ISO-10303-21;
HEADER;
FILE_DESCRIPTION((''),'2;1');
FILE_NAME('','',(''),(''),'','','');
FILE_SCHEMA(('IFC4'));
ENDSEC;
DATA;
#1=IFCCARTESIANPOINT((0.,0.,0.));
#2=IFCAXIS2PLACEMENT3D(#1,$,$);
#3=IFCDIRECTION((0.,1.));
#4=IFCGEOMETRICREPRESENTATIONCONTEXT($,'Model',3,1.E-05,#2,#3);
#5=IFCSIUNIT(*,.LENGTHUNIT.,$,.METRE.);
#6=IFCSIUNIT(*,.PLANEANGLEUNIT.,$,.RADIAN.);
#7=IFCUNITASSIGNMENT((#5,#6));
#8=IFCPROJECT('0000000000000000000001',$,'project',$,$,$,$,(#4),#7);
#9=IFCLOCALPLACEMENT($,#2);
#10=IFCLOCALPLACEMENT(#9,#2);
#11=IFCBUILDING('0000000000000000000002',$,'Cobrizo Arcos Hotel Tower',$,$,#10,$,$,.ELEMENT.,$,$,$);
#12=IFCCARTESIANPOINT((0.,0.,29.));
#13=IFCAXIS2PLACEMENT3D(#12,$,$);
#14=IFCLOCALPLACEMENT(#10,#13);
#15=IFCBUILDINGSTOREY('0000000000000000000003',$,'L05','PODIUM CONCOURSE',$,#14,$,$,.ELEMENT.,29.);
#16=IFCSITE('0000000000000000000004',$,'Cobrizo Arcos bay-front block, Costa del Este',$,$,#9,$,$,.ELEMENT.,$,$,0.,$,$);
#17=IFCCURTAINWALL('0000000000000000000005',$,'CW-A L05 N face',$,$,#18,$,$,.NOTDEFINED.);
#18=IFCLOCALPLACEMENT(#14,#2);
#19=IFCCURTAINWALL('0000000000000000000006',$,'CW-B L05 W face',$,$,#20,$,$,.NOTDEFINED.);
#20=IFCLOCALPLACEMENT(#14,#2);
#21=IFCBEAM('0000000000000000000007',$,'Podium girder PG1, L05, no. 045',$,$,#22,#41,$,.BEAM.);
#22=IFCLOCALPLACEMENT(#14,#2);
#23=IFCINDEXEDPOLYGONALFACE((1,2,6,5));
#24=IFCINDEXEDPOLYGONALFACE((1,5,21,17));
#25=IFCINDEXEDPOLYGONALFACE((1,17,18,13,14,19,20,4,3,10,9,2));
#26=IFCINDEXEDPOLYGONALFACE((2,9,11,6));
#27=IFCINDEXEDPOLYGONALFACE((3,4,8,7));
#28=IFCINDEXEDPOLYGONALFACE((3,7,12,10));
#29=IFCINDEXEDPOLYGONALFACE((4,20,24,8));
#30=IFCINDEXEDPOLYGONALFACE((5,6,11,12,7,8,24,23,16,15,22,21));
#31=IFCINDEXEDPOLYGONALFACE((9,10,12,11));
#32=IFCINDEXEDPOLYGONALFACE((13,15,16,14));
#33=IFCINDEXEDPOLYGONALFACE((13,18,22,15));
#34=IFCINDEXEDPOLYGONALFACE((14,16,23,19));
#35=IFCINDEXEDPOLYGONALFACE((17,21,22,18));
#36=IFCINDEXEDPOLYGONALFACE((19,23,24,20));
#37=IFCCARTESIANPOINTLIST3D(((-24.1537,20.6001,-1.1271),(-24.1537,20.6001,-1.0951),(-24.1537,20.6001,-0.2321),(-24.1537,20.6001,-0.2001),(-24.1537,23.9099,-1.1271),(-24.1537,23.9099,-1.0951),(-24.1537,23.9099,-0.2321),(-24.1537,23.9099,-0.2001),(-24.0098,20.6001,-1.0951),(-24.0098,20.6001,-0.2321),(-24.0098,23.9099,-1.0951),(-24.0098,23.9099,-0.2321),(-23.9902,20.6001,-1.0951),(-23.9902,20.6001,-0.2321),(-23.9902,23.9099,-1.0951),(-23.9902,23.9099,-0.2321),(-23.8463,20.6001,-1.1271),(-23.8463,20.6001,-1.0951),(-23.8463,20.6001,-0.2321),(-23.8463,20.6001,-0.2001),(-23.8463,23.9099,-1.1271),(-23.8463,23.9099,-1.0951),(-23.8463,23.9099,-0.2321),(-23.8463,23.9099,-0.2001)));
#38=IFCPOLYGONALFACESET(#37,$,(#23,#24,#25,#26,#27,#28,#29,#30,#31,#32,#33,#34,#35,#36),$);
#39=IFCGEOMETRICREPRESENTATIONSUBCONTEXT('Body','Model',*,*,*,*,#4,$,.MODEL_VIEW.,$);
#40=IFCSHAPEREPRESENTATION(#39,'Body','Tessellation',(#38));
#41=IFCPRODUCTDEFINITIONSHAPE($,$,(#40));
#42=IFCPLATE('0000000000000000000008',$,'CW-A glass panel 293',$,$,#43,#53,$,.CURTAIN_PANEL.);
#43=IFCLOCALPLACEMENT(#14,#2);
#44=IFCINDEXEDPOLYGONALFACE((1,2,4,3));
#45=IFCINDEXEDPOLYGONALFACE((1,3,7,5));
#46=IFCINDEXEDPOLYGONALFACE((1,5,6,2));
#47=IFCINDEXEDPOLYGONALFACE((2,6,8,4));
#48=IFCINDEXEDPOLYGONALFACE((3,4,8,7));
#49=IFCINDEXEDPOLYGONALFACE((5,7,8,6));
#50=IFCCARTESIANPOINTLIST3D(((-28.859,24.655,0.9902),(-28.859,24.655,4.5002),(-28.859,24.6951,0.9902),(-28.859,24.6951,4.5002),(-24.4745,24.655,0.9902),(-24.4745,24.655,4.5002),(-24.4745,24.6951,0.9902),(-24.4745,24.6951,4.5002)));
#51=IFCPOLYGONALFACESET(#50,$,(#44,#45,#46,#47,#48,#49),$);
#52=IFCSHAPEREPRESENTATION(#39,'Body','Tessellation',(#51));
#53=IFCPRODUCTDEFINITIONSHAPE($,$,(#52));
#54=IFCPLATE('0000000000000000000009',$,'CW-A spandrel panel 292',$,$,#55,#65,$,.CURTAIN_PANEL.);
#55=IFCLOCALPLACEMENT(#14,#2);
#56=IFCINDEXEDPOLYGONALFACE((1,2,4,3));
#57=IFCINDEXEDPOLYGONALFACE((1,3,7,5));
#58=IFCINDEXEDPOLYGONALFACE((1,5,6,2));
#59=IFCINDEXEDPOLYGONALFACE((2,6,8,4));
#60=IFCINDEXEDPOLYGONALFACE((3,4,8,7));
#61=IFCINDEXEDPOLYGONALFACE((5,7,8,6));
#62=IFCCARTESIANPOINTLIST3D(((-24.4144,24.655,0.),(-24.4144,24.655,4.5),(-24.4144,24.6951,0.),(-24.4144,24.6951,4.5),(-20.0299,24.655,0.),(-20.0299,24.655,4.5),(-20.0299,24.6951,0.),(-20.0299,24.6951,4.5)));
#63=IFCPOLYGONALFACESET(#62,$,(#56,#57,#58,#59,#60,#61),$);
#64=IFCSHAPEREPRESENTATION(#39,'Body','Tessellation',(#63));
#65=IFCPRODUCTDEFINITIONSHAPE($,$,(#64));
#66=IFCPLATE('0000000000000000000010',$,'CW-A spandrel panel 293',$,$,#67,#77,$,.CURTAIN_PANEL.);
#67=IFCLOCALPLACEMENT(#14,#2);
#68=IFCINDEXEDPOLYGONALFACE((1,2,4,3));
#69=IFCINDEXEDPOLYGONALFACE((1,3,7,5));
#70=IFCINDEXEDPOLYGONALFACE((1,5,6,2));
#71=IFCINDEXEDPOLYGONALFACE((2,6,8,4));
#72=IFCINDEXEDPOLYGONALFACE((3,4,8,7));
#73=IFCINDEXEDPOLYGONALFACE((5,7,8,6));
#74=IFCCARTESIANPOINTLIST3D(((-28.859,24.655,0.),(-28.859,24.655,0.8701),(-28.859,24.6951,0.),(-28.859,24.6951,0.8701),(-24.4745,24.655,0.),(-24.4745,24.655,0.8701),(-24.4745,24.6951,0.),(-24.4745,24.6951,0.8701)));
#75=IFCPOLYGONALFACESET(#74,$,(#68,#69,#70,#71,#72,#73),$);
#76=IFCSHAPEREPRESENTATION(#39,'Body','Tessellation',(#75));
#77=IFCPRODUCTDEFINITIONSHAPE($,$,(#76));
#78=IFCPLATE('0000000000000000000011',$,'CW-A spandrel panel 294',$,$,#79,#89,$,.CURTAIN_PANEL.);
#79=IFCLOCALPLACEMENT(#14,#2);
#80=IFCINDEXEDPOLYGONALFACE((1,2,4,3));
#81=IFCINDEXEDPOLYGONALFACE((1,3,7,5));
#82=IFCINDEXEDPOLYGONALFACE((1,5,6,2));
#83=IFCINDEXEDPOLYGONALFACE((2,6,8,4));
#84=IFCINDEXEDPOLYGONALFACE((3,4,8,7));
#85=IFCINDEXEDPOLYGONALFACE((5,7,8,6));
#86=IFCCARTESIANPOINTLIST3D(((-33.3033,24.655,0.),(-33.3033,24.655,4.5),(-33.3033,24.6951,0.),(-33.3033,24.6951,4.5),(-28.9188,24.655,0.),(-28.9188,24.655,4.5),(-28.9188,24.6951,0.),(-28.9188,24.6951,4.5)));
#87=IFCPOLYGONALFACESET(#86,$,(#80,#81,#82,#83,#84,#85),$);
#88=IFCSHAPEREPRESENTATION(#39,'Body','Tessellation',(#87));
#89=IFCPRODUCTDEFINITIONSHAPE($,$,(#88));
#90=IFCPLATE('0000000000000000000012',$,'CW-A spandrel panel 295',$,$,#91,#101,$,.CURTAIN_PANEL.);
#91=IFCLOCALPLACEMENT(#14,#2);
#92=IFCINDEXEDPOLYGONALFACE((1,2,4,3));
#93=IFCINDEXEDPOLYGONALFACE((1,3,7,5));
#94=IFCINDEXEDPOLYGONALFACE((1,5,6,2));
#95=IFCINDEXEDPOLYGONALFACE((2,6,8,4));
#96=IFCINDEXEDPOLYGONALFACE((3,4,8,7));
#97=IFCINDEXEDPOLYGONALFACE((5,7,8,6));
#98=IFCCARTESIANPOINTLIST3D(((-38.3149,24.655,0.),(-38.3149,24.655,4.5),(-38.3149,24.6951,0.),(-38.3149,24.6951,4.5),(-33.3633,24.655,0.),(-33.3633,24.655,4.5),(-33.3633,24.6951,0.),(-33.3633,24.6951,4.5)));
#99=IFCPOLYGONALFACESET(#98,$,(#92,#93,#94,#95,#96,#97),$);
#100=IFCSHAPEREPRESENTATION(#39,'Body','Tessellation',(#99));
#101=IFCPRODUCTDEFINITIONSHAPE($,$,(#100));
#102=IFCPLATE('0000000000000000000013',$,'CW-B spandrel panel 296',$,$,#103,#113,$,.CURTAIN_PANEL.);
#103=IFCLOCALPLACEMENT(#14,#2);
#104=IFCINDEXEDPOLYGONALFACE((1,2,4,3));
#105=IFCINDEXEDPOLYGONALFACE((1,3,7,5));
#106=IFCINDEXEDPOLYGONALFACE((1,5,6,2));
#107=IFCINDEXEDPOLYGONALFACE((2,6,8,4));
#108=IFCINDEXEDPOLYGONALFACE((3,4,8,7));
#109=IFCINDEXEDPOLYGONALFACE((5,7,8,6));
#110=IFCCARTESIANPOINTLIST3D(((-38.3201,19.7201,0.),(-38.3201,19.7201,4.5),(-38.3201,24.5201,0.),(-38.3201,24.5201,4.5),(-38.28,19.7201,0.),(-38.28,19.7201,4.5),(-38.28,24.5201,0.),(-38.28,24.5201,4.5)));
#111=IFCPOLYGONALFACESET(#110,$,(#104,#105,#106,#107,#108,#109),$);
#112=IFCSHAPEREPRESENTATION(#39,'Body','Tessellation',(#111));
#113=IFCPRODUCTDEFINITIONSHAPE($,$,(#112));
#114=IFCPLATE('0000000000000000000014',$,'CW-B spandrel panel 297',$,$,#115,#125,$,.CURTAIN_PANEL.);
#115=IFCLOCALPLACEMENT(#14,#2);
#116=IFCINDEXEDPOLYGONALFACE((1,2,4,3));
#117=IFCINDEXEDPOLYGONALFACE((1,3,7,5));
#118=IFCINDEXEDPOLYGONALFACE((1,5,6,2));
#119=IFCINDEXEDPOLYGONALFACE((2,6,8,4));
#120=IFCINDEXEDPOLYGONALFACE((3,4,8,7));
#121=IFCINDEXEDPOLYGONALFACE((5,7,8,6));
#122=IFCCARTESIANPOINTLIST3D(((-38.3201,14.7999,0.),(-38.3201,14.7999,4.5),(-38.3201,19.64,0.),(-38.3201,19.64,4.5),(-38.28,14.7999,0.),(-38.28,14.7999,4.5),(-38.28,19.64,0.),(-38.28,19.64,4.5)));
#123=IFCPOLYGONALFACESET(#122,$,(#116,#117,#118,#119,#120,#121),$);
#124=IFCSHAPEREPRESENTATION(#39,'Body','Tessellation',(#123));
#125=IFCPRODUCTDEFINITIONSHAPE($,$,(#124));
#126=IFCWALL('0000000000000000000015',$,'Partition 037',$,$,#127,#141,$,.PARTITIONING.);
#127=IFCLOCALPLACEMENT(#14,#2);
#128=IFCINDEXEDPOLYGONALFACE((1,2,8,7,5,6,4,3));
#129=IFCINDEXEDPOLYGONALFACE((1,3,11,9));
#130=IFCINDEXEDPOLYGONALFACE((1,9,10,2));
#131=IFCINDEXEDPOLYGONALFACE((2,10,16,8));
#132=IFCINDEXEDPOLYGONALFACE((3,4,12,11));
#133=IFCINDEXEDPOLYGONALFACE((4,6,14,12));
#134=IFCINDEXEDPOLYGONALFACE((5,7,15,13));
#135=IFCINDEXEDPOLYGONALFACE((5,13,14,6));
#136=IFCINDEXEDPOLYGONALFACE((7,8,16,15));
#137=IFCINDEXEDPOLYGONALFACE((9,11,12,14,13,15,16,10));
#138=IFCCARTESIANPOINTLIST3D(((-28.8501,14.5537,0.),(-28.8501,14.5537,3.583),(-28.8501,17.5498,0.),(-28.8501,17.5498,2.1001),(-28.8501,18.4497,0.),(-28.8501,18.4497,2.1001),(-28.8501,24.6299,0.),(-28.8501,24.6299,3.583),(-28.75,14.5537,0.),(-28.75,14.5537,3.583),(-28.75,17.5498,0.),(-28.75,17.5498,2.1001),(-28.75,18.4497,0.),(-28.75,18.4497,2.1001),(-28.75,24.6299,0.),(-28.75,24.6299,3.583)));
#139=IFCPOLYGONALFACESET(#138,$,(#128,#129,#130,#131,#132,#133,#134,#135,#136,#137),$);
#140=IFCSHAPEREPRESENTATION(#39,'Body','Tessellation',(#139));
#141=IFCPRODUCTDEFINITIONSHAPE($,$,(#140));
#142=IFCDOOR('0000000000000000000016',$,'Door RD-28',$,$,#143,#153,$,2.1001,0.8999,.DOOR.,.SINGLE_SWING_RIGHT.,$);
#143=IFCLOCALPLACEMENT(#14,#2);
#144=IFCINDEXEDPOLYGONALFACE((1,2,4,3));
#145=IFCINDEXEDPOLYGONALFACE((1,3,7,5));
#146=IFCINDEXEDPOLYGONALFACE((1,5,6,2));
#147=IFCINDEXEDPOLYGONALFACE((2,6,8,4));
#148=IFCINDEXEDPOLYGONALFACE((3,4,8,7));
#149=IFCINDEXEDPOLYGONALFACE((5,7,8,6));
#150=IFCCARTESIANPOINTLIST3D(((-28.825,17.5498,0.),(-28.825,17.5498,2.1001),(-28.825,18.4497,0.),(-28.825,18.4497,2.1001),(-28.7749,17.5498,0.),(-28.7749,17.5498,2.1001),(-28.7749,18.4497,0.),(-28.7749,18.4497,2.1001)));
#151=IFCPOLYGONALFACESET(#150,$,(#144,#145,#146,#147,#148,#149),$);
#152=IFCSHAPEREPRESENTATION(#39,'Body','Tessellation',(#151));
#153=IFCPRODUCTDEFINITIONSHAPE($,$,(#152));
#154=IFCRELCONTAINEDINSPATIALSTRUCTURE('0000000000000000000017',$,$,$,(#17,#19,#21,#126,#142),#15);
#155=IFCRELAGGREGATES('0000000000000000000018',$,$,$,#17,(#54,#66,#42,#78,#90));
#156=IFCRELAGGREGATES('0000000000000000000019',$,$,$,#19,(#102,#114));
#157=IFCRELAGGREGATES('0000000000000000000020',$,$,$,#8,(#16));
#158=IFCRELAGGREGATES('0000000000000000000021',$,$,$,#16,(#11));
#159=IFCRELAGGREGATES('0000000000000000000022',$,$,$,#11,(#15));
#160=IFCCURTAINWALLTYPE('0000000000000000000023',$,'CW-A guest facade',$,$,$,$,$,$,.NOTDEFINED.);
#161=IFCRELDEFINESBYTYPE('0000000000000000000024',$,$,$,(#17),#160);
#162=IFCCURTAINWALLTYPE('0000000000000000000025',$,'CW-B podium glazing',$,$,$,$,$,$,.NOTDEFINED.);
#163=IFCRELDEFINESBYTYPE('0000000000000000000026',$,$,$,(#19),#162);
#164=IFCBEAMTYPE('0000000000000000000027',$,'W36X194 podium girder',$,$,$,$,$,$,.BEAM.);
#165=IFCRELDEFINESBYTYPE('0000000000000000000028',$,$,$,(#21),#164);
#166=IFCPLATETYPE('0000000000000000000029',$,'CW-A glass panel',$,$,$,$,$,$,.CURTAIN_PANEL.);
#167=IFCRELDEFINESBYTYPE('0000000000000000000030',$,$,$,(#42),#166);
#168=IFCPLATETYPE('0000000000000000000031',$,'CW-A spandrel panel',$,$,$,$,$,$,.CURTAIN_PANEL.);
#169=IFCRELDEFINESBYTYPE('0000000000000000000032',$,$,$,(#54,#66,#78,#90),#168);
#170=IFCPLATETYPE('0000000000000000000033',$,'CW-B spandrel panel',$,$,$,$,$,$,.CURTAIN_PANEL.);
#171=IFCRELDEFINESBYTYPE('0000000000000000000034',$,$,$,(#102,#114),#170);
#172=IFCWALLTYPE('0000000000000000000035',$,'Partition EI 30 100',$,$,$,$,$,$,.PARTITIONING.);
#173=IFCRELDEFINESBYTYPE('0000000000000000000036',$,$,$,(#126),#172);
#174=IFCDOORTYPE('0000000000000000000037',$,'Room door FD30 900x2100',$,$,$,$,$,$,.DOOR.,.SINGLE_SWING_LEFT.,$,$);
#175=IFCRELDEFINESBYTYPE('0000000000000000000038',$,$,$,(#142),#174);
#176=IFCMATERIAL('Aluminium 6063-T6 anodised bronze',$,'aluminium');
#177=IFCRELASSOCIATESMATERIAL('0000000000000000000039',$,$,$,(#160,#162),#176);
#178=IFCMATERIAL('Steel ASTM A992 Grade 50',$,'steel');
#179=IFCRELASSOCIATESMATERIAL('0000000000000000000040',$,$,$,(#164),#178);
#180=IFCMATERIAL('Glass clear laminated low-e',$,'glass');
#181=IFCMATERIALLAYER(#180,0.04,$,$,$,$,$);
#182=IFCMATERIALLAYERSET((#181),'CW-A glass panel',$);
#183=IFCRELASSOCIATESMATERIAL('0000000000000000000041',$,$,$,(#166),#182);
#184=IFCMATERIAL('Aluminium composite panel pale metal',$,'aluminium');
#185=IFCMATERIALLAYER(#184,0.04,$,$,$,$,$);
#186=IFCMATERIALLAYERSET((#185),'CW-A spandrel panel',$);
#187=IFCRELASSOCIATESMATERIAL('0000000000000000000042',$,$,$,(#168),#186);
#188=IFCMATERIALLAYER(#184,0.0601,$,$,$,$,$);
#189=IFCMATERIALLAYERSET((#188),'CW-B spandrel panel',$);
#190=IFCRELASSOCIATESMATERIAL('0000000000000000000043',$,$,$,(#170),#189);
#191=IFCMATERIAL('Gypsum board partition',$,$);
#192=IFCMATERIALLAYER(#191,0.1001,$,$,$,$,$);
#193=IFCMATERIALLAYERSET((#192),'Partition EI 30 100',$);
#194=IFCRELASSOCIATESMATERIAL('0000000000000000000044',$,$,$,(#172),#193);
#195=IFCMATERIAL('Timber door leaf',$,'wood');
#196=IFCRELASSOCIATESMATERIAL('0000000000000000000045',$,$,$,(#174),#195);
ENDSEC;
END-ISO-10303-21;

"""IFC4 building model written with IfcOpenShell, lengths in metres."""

from ifc_helpers import new_model, si_unit, direction, frame, frame_2d, origin, origin_2d, place, context, subcontext, project, spatial, rectangle, i_section, extrude, material, layer, layer_set, material_profile, profile_set, type_object, element, fill, aggregate, save


model = new_model("IFC4")

# Units and contexts
model_context = context("Model", 3, precision=1e-05, world=origin(), true_north=direction((0.0, 1.0)))
body_context = subcontext(model_context, "Body", "Model", "MODEL_VIEW")
ifc_project = project(units=[si_unit("LENGTHUNIT", "METRE"), si_unit("PLANEANGLEUNIT", "RADIAN")], contexts=[model_context])

# Site, building, storey
site_placement = place(None, origin())
site = spatial("IfcSite", under=ifc_project, at=site_placement, Name="Cobrizo Arcos bay-front block, Costa del Este", CompositionType="ELEMENT", RefElevation=0.0)
building_placement = place(site_placement, origin())
building = spatial("IfcBuilding", under=site, at=building_placement, Name="Cobrizo Arcos Hotel Tower", CompositionType="ELEMENT")
storey_placement = place(building_placement, frame((0.0, 0.0, 29.0)))
storey = spatial("IfcBuildingStorey", under=building, at=storey_placement, Name="L05", Description="PODIUM CONCOURSE", CompositionType="ELEMENT", Elevation=29.0)

# Curtain walls
ifc_material_1 = material(Name="Aluminium 6063-T6 anodised bronze", Category="aluminium")
curtain_wall_type_1 = type_object("IfcCurtainWallType", Name="CW-A guest facade", PredefinedType="NOTDEFINED", material=ifc_material_1)
curtain_wall_1_placement = place(storey_placement, origin())
curtain_wall_1 = element("IfcCurtainWall", 1, at=curtain_wall_1_placement, inside=storey, type_object=curtain_wall_type_1, Name="CW-A L05 N face", PredefinedType="NOTDEFINED")
curtain_wall_type_2 = type_object("IfcCurtainWallType", Name="CW-B podium glazing", PredefinedType="NOTDEFINED", material=ifc_material_1)
curtain_wall_2_placement = place(storey_placement, origin())
curtain_wall_2 = element("IfcCurtainWall", 2, at=curtain_wall_2_placement, inside=storey, type_object=curtain_wall_type_2, Name="CW-B L05 W face", PredefinedType="NOTDEFINED")

# Beam
ifc_material_2 = material(Name="Steel ASTM A992 Grade 50", Category="steel")
ifc_material_profile_1 = material_profile(ifc_material_2, i_section(OverallWidth=0.3074, OverallDepth=0.927, WebThickness=0.0195, FlangeThickness=0.032, at=origin_2d()), Name="W36X194")
ifc_profile_set_1 = profile_set([ifc_material_profile_1], Name="Steel ASTM A992 Grade 50")
beam_type_1 = type_object("IfcBeamType", Name="W36X194 podium girder", PredefinedType="BEAM", material=ifc_profile_set_1)
beam_1_placement = place(storey_placement, frame((-24.0, 20.6001, -0.6636), z_axis=(0.0, 1.0, 0.0), x_axis=(-1.0, 0.0, 0.0)))
element("IfcBeam", 3, at=beam_1_placement, inside=storey, type_object=beam_type_1, Name="Podium girder PG1, L05, no. 045", PredefinedType="BEAM", context=body_context, shape_type="SweptSolid", body=[
    extrude(i_section(OverallWidth=0.3074, OverallDepth=0.927, WebThickness=0.0195, FlangeThickness=0.032, at=origin_2d()), origin(), (0.0, 0.0, 1.0), 3.3098),
])

# Plates
ifc_material_3 = material(Name="Glass clear laminated low-e", Category="glass")
ifc_layer_1 = layer(ifc_material_3, 0.04)
ifc_layer_set_1 = layer_set([ifc_layer_1], Name="CW-A glass panel")
plate_type_1 = type_object("IfcPlateType", Name="CW-A glass panel", PredefinedType="CURTAIN_PANEL", material=ifc_layer_set_1)
plate_1_placement = place(storey_placement, frame((-26.6667, 24.675, 0.9902), z_axis=(0.0, 0.0, 1.0), x_axis=(-1.0, 0.0, 0.0)))
plate_1 = element("IfcPlate", 4, at=plate_1_placement, type_object=plate_type_1, Name="CW-A glass panel 293", PredefinedType="CURTAIN_PANEL", context=body_context, shape_type="SweptSolid", body=[
    extrude(rectangle(XDim=4.3845, YDim=0.04, at=origin_2d()), origin(), (0.0, 0.0, 1.0), 3.51),
])
ifc_material_4 = material(Name="Aluminium composite panel pale metal", Category="aluminium")
ifc_layer_2 = layer(ifc_material_4, 0.04)
ifc_layer_set_2 = layer_set([ifc_layer_2], Name="CW-A spandrel panel")
plate_type_2 = type_object("IfcPlateType", Name="CW-A spandrel panel", PredefinedType="CURTAIN_PANEL", material=ifc_layer_set_2)
plate_2_placement = place(storey_placement, frame((-22.2222, 24.675, 0.0), z_axis=(0.0, 0.0, 1.0), x_axis=(-1.0, 0.0, 0.0)))
plate_2 = element("IfcPlate", 5, at=plate_2_placement, type_object=plate_type_2, Name="CW-A spandrel panel 292", PredefinedType="CURTAIN_PANEL", context=body_context, shape_type="SweptSolid", body=[
    extrude(rectangle(XDim=4.3845, YDim=0.04, at=origin_2d()), origin(), (0.0, 0.0, 1.0), 4.5),
])
plate_3_placement = place(storey_placement, frame((-26.6667, 24.675, 0.0), z_axis=(0.0, 0.0, 1.0), x_axis=(-1.0, 0.0, 0.0)))
plate_3 = element("IfcPlate", 6, at=plate_3_placement, type_object=plate_type_2, Name="CW-A spandrel panel 293", PredefinedType="CURTAIN_PANEL", context=body_context, shape_type="SweptSolid", body=[
    extrude(rectangle(XDim=4.3845, YDim=0.04, at=origin_2d()), origin(), (0.0, 0.0, 1.0), 0.8701),
])
plate_4_placement = place(storey_placement, frame((-31.1111, 24.675, 0.0), z_axis=(0.0, 0.0, 1.0), x_axis=(-1.0, 0.0, 0.0)))
plate_4 = element("IfcPlate", 7, at=plate_4_placement, type_object=plate_type_2, Name="CW-A spandrel panel 294", PredefinedType="CURTAIN_PANEL", context=body_context, shape_type="SweptSolid", body=[
    extrude(rectangle(XDim=4.3845, YDim=0.04, at=origin_2d()), origin(), (0.0, 0.0, 1.0), 4.5),
])
plate_5_placement = place(storey_placement, frame((-35.8391, 24.675, 0.0), z_axis=(0.0, 0.0, 1.0), x_axis=(-1.0, 0.0, 0.0)))
plate_5 = element("IfcPlate", 8, at=plate_5_placement, type_object=plate_type_2, Name="CW-A spandrel panel 295", PredefinedType="CURTAIN_PANEL", context=body_context, shape_type="SweptSolid", body=[
    extrude(rectangle(XDim=4.9517, YDim=0.04, at=origin_2d()), origin(), (0.0, 0.0, 1.0), 4.5),
])
aggregate(curtain_wall_1, [plate_2, plate_3, plate_1, plate_4, plate_5])
ifc_layer_3 = layer(ifc_material_4, 0.0601)
ifc_layer_set_3 = layer_set([ifc_layer_3], Name="CW-B spandrel panel")
plate_type_3 = type_object("IfcPlateType", Name="CW-B spandrel panel", PredefinedType="CURTAIN_PANEL", material=ifc_layer_set_3)
plate_6_placement = place(storey_placement, frame((-38.3, 22.1201, 0.0), z_axis=(0.0, 0.0, 1.0), x_axis=(0.0, -1.0, 0.0)))
plate_6 = element("IfcPlate", 9, at=plate_6_placement, type_object=plate_type_3, Name="CW-B spandrel panel 296", PredefinedType="CURTAIN_PANEL", context=body_context, shape_type="SweptSolid", body=[
    extrude(rectangle(XDim=4.8, YDim=0.04, at=origin_2d()), origin(), (0.0, 0.0, 1.0), 4.5),
])
plate_7_placement = place(storey_placement, frame((-38.3, 17.22, 0.0), z_axis=(0.0, 0.0, 1.0), x_axis=(0.0, -1.0, 0.0)))
plate_7 = element("IfcPlate", 10, at=plate_7_placement, type_object=plate_type_3, Name="CW-B spandrel panel 297", PredefinedType="CURTAIN_PANEL", context=body_context, shape_type="SweptSolid", body=[
    extrude(rectangle(XDim=4.8401, YDim=0.04, at=origin_2d()), origin(), (0.0, 0.0, 1.0), 4.5),
])
aggregate(curtain_wall_2, [plate_6, plate_7])

# Wall, opening, door
ifc_material_5 = material(Name="Gypsum board partition")
ifc_layer_4 = layer(ifc_material_5, 0.1001)
ifc_layer_set_4 = layer_set([ifc_layer_4], Name="Partition EI 30 100")
wall_type = type_object("IfcWallType", Name="Partition EI 30 100", PredefinedType="PARTITIONING", material=ifc_layer_set_4)
wall_placement = place(storey_placement, frame((-28.8, 14.5537, 0.0), z_axis=(0.0, 0.0, 1.0), x_axis=(0.0, 1.0, 0.0)))
wall = element("IfcWall", 11, at=wall_placement, inside=storey, type_object=wall_type, Name="Partition 037", PredefinedType="PARTITIONING", context=body_context, shape_type="SweptSolid", body=[
    extrude(rectangle(XDim=10.0762, YDim=0.1001, at=frame_2d((5.0381, 0.0))), origin(), (0.0, 0.0, 1.0), 3.583),
])
opening_placement = place(wall_placement, frame((2.9961, 0.0, 0.0)))
opening = element("IfcOpeningElement", 12, at=opening_placement, cuts=wall, PredefinedType="OPENING", context=body_context, shape_type="SweptSolid", body=[
    extrude(rectangle(XDim=0.8999, YDim=2.1001, at=frame_2d((0.45, 1.05))), frame((0.0, 0.062, 0.0), z_axis=(0.0, -1.0, 0.0), x_axis=(1.0, 0.0, 0.0)), (0.0, 0.0, 1.0), 0.124),
])
ifc_material_6 = material(Name="Timber door leaf", Category="wood")
door_type = type_object("IfcDoorType", Name="Room door FD30 900x2100", OperationType="SINGLE_SWING_LEFT", PredefinedType="DOOR", material=ifc_material_6)
door_placement = place(opening_placement, origin())
door = element("IfcDoor", 13, at=door_placement, inside=storey, type_object=door_type, Name="Door RD-28", OperationType="SINGLE_SWING_RIGHT", OverallHeight=2.1001, OverallWidth=0.8999, PredefinedType="DOOR", context=body_context, shape_type="SweptSolid", body=[
    extrude(rectangle(XDim=0.8999, YDim=2.1001, at=frame_2d((0.45, 1.05))), frame((0.0, 0.0249, 0.0), z_axis=(0.0, -1.0, 0.0), x_axis=(1.0, 0.0, 0.0)), (0.0, 0.0, 1.0), 0.05),
])
fill(opening, door)

save(model, "model.ifc")
